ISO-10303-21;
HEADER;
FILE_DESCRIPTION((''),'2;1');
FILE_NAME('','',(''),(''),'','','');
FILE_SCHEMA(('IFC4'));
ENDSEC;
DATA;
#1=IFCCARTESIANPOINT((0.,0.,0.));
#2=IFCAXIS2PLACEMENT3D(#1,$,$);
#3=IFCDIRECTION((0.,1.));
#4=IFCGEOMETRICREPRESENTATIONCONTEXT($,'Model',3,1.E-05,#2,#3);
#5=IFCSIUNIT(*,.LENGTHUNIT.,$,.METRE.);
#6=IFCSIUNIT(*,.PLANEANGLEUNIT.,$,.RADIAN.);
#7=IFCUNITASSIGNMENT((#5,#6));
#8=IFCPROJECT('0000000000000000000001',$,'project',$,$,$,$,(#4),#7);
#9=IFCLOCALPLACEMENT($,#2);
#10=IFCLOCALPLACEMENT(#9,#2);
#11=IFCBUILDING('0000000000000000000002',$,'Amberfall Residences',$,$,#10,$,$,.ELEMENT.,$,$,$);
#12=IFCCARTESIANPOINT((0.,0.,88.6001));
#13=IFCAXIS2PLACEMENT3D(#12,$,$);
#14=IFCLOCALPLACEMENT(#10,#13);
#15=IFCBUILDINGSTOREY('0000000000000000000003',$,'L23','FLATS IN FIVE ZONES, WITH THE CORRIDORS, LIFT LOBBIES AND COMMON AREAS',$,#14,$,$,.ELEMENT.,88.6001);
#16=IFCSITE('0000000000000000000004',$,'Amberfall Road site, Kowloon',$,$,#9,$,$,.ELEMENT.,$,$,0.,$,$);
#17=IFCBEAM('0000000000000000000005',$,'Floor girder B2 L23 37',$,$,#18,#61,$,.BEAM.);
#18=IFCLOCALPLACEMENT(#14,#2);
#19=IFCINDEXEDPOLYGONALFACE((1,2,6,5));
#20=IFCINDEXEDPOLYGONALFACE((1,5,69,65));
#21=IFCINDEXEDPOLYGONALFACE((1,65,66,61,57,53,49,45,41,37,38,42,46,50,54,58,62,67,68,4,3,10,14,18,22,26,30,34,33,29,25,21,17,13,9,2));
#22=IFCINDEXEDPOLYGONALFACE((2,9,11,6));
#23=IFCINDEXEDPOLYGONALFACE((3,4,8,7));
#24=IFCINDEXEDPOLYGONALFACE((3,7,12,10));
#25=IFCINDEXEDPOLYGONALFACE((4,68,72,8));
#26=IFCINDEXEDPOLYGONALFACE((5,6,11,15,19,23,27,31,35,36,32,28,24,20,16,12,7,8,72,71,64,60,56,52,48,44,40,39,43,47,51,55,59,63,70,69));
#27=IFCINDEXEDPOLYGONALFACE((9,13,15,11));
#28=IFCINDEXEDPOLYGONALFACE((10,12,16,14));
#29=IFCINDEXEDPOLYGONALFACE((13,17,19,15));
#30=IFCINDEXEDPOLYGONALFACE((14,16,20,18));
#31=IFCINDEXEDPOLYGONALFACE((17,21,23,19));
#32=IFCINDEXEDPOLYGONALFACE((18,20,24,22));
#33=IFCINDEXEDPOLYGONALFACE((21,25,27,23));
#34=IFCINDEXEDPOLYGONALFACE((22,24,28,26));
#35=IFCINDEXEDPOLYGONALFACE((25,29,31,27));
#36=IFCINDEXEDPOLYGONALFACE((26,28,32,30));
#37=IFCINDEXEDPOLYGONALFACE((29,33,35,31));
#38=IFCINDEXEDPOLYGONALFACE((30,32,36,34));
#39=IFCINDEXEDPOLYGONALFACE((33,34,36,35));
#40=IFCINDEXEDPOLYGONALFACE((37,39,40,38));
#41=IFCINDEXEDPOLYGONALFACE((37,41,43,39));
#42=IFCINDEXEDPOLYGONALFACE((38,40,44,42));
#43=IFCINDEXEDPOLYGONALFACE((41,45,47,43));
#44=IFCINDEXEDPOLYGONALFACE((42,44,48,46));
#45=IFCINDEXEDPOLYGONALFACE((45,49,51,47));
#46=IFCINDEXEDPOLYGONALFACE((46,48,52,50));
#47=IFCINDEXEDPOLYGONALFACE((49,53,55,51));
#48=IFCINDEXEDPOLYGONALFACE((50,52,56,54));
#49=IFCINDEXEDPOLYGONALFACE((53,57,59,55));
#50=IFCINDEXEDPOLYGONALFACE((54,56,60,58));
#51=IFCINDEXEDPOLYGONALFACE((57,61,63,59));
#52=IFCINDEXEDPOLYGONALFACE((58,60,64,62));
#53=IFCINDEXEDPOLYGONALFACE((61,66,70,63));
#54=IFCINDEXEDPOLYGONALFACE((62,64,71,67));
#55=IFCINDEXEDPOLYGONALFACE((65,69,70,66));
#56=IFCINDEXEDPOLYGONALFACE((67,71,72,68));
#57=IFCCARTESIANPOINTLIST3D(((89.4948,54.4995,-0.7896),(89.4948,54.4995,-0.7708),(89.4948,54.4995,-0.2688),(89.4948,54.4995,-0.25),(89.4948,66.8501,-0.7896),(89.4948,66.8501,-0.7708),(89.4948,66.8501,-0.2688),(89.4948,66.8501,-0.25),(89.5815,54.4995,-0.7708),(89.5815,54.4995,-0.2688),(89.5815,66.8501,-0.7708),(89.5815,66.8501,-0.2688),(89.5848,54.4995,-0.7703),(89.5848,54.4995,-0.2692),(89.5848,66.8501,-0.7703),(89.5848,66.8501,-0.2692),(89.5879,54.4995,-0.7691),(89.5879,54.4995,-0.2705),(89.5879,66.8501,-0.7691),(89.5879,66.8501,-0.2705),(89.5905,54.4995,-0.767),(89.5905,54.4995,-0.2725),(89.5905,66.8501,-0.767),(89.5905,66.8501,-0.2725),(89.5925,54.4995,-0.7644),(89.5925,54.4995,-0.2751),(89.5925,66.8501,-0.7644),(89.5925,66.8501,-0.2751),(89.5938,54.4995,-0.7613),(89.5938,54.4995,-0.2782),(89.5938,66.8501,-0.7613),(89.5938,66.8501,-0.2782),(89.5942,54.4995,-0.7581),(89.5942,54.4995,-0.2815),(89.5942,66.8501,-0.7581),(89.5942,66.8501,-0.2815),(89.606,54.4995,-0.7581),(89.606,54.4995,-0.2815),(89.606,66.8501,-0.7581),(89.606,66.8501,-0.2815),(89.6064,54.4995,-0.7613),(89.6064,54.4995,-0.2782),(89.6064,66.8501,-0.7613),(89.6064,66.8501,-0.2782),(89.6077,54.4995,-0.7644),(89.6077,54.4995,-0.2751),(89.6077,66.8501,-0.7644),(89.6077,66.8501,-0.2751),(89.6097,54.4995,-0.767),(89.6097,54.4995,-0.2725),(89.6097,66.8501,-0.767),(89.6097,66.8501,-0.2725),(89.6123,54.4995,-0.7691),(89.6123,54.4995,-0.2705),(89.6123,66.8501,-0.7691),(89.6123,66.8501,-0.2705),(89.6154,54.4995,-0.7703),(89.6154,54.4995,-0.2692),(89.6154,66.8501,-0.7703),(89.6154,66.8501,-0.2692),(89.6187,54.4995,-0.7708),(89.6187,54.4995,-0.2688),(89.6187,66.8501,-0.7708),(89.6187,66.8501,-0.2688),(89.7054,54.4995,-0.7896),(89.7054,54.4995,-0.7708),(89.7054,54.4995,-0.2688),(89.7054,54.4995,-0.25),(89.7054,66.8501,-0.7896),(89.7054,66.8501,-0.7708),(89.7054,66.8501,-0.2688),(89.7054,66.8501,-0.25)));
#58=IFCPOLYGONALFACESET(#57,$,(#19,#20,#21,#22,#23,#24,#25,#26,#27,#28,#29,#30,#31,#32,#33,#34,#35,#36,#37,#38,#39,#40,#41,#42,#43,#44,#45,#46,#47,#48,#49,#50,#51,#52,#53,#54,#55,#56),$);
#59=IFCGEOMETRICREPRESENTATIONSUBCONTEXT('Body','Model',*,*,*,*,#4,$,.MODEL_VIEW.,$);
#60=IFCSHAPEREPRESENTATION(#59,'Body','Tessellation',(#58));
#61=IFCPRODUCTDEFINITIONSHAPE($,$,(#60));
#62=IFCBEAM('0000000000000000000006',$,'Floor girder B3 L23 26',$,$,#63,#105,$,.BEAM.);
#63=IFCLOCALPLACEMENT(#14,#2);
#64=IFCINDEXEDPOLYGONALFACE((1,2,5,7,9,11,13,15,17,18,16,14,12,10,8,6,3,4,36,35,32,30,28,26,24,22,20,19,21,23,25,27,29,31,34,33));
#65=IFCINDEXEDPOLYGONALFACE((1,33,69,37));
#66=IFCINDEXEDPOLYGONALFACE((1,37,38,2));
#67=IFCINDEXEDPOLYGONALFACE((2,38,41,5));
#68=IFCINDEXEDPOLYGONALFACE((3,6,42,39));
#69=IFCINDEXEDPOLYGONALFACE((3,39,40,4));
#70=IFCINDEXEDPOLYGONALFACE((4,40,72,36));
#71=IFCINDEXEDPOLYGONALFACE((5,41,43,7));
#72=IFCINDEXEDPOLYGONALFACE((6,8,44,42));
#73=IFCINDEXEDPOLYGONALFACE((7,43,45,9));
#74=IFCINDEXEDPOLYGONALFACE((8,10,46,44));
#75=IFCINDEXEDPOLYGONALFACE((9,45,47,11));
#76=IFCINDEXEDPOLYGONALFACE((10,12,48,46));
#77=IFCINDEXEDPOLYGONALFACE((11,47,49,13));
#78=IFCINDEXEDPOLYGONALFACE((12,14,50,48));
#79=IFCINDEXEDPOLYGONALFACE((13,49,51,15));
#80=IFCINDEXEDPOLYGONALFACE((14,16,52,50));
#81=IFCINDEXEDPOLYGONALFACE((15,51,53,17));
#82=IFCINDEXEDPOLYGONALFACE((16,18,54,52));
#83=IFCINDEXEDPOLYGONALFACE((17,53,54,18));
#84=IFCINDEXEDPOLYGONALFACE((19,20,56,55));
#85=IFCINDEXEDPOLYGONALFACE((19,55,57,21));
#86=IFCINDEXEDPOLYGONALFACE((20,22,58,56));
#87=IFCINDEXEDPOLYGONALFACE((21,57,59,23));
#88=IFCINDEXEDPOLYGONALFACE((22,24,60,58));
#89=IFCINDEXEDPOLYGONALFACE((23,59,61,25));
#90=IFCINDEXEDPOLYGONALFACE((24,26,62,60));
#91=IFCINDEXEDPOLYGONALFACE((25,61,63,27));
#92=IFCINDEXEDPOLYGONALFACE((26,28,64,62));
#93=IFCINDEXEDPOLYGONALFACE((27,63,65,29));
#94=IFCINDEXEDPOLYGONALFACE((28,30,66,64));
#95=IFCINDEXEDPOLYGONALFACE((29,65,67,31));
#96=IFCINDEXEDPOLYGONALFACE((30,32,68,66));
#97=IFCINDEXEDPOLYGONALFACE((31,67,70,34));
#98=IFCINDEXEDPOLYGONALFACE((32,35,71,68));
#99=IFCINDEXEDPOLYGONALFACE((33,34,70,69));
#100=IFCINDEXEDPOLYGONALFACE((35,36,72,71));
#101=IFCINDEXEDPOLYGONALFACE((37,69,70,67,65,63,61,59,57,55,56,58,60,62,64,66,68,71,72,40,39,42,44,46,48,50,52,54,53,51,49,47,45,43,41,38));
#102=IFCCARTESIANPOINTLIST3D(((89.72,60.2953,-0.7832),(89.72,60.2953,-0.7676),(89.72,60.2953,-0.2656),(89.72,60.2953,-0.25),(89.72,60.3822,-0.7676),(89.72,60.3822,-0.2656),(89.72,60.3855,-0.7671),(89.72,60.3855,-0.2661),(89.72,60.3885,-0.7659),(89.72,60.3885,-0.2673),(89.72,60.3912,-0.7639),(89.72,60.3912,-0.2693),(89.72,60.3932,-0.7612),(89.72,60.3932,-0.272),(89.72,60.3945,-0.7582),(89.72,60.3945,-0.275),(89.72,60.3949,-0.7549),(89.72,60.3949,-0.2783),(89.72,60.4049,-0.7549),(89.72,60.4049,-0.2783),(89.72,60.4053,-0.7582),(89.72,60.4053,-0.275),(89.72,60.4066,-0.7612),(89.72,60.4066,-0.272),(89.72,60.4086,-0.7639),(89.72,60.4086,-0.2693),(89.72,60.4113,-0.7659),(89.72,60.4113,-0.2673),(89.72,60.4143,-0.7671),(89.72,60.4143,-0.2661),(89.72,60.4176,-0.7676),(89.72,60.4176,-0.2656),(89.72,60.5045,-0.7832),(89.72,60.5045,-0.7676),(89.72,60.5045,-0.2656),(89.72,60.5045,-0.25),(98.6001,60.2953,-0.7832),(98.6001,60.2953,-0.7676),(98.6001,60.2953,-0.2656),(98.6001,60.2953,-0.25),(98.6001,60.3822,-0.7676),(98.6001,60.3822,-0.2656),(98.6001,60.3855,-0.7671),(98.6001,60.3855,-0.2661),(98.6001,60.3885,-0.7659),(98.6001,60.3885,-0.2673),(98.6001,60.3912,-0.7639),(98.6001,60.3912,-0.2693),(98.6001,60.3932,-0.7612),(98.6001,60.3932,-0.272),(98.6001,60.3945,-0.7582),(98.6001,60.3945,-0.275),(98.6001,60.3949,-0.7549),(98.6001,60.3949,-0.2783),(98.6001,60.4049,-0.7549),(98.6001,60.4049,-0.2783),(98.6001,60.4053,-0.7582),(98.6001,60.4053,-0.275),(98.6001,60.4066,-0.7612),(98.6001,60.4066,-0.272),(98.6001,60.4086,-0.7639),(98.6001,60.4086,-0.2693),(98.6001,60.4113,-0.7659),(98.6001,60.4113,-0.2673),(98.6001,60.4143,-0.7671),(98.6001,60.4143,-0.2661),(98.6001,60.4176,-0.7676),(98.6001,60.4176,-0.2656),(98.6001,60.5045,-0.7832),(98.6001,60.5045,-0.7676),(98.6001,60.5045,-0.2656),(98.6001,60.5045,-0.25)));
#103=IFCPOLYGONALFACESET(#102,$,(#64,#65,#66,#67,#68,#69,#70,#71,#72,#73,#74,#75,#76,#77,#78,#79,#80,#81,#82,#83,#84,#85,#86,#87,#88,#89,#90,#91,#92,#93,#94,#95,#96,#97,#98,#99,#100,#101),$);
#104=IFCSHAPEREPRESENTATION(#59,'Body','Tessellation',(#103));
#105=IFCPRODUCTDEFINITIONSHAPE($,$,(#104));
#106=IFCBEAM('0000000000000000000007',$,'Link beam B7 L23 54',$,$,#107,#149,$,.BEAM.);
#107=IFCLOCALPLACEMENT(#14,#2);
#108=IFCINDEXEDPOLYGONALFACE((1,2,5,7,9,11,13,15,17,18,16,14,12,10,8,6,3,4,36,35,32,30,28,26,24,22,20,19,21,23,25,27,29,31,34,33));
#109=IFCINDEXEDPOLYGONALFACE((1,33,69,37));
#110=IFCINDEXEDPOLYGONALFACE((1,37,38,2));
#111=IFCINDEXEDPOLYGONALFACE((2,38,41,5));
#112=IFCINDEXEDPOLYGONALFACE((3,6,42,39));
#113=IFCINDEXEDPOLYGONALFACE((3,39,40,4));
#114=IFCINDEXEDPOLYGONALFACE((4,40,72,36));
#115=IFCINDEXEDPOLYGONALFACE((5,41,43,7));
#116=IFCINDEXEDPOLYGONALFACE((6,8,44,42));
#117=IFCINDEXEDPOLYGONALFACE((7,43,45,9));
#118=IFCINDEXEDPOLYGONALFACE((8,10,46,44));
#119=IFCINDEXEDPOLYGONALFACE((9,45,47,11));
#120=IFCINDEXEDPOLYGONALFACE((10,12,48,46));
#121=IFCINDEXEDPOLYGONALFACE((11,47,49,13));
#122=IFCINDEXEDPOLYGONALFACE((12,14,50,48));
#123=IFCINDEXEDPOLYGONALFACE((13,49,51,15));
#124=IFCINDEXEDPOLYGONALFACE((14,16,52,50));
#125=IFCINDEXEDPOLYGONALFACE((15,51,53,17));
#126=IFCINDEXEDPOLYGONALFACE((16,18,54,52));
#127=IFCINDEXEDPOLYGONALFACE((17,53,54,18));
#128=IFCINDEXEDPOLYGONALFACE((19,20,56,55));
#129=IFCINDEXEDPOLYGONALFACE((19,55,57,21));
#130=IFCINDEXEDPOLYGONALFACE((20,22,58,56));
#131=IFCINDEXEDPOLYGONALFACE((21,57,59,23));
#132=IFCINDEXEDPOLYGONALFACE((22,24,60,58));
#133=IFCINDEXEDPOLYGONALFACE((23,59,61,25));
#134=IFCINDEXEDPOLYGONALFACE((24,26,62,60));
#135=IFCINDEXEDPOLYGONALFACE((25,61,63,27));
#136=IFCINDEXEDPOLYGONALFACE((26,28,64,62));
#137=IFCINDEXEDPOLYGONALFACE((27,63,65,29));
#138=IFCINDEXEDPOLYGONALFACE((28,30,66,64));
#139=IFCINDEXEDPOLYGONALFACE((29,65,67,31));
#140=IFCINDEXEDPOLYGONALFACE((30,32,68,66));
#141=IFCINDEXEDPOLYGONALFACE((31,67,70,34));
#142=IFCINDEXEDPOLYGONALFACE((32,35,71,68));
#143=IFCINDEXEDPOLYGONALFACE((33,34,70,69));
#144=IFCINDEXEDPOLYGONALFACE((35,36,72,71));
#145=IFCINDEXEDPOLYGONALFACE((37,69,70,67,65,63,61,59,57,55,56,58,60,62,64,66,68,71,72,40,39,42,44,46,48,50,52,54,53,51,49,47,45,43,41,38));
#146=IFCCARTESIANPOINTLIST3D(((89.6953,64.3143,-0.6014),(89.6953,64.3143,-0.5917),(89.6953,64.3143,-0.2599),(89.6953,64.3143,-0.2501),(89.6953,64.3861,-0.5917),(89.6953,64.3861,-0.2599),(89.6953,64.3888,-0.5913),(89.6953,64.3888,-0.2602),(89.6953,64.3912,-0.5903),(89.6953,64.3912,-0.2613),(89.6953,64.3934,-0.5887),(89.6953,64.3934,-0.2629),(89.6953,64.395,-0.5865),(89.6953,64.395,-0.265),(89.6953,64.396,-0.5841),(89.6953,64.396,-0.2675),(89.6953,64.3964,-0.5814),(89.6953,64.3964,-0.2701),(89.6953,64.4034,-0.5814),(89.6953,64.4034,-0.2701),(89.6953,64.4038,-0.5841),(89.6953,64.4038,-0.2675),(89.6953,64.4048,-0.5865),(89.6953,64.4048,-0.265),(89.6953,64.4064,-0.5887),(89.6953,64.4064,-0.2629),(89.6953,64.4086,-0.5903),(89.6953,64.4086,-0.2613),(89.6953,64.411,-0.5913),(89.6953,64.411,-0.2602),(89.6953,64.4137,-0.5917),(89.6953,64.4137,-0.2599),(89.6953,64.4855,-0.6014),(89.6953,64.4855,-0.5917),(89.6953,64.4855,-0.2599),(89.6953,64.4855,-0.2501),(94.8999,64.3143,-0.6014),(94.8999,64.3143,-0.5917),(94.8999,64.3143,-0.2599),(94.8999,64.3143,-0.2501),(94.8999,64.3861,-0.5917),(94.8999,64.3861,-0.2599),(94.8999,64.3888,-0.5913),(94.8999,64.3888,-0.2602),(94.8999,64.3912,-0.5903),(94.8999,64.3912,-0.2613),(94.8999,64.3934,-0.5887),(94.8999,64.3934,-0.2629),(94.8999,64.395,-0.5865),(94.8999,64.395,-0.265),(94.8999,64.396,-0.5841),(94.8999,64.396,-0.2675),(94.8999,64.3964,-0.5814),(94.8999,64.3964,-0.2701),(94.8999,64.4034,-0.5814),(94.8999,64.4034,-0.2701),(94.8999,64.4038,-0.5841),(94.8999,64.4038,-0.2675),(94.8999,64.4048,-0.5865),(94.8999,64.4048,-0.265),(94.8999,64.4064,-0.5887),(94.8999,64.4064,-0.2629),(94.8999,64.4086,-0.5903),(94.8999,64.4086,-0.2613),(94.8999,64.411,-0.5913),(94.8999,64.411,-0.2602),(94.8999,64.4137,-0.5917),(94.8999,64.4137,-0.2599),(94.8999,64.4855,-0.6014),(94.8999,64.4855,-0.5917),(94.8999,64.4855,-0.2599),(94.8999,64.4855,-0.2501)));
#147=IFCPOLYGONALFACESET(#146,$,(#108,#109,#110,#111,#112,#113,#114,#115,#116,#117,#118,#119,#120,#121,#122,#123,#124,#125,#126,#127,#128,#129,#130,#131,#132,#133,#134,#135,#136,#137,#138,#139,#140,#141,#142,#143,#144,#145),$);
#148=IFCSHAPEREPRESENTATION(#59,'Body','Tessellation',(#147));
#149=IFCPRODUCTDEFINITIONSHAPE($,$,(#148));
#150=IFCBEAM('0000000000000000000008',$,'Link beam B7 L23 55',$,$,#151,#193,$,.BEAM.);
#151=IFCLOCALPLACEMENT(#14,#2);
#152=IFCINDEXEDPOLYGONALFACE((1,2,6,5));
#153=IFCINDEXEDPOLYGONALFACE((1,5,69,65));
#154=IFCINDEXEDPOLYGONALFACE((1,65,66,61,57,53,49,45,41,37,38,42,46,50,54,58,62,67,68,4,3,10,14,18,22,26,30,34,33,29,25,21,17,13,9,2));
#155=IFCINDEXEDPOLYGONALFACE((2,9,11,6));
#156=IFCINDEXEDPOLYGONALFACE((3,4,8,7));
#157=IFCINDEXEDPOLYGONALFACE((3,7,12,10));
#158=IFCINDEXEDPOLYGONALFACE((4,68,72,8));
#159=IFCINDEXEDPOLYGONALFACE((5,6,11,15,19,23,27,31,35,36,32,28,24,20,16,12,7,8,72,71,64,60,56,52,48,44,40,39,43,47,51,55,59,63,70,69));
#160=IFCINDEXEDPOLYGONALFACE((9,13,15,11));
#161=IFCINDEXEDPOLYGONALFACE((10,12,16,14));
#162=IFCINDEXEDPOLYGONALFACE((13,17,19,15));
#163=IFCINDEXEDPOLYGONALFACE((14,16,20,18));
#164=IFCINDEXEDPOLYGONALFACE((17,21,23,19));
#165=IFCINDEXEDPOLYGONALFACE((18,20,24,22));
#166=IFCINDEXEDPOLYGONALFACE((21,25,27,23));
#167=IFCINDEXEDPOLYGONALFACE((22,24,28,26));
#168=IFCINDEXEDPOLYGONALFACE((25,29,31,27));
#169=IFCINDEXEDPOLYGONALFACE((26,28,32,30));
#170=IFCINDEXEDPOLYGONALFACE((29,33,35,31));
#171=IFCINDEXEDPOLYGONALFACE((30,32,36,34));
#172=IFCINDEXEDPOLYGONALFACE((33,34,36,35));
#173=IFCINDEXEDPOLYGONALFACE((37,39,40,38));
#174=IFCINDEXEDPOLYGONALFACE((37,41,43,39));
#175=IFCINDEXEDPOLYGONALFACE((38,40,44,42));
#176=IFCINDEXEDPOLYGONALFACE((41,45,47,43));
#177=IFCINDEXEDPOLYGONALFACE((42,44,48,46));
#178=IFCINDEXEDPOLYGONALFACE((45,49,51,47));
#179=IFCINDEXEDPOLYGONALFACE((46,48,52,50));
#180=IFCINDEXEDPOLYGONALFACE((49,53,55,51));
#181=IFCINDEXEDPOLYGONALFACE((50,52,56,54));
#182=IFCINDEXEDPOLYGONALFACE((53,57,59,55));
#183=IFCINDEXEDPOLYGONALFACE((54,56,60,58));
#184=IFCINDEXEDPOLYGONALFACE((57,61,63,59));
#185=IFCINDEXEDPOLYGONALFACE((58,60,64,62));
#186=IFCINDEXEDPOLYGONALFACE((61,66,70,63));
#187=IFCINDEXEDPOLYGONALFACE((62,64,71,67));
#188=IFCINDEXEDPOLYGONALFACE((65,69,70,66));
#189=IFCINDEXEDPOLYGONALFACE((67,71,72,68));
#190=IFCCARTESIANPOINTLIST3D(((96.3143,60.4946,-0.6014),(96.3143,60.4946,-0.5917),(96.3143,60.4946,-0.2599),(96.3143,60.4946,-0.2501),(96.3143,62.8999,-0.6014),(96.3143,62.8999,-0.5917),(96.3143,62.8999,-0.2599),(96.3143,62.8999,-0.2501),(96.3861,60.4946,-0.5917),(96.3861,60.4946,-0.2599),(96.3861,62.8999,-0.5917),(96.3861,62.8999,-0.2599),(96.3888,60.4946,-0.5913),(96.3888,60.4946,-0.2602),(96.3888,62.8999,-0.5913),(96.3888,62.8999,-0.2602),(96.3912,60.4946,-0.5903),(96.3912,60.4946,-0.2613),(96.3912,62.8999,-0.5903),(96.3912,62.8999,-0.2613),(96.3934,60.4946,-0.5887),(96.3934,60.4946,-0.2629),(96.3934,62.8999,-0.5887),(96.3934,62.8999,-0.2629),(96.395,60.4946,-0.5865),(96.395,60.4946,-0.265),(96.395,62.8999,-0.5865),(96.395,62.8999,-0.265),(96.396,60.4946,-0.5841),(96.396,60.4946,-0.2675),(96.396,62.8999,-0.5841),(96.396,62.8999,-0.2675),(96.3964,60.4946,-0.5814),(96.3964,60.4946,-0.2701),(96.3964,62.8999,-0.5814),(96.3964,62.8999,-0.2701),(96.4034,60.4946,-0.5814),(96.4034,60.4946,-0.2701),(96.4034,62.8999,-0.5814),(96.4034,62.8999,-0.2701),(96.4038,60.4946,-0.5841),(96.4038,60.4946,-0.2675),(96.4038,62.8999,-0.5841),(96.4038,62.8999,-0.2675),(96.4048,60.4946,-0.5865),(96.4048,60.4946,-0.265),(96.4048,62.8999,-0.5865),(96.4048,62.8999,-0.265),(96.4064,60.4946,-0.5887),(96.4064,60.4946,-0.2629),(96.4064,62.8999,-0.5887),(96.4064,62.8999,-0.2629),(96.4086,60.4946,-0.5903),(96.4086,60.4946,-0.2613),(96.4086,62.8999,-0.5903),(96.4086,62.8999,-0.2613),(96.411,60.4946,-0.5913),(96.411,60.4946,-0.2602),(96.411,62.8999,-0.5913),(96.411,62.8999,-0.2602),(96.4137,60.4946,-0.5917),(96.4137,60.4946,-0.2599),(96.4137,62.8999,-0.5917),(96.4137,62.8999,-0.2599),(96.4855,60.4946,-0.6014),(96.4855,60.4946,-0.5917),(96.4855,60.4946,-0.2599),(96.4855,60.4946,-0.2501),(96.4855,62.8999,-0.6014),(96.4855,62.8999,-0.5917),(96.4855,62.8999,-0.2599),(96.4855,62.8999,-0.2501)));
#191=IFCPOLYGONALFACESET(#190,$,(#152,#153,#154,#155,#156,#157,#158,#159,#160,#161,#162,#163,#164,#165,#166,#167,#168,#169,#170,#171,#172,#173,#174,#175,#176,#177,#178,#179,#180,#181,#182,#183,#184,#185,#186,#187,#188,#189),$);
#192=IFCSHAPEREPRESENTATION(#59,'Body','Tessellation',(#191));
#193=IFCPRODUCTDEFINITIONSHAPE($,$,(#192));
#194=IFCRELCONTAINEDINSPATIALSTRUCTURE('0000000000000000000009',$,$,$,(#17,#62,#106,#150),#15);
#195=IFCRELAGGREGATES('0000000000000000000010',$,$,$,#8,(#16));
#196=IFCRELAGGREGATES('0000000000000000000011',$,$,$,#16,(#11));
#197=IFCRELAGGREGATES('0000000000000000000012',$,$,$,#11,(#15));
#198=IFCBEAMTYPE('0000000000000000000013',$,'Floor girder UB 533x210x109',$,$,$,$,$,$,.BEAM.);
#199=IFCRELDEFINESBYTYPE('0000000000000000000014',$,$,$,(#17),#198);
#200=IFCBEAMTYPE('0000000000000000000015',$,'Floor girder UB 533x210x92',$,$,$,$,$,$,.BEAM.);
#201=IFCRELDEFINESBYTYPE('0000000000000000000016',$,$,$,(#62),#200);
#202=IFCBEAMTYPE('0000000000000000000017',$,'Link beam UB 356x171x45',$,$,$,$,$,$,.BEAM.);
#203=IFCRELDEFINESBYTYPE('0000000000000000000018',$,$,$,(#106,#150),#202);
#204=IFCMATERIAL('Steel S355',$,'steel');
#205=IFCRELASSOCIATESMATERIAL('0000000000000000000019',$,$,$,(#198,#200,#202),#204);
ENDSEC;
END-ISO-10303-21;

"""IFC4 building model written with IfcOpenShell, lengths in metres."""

from ifc_helpers import new_model, si_unit, direction, frame, origin, origin_2d, place, context, subcontext, project, spatial, i_section, extrude, material, material_profile, profile_set, type_object, element, save


model = new_model("IFC4")

# Units and contexts
model_context = context("Model", 3, precision=1e-05, world=origin(), true_north=direction((0.0, 1.0)))
body_context = subcontext(model_context, "Body", "Model", "MODEL_VIEW")
ifc_project = project(units=[si_unit("LENGTHUNIT", "METRE"), si_unit("PLANEANGLEUNIT", "RADIAN")], contexts=[model_context])

# Site, building, storey
site_placement = place(None, origin())
site = spatial("IfcSite", under=ifc_project, at=site_placement, Name="Amberfall Road site, Kowloon", CompositionType="ELEMENT", RefElevation=0.0)
building_placement = place(site_placement, origin())
building = spatial("IfcBuilding", under=site, at=building_placement, Name="Amberfall Residences", CompositionType="ELEMENT")
storey_placement = place(building_placement, frame((0.0, 0.0, 88.6001)))
storey = spatial("IfcBuildingStorey", under=building, at=storey_placement, Name="L23", Description="FLATS IN FIVE ZONES, WITH THE CORRIDORS, LIFT LOBBIES AND COMMON AREAS", CompositionType="ELEMENT", Elevation=88.6001)

# Beams
ifc_material_1 = material(Name="Steel S355", Category="steel")
ifc_material_profile_1 = material_profile(ifc_material_1, i_section(OverallWidth=0.2107, OverallDepth=0.5396, WebThickness=0.0117, FlangeThickness=0.0188, FilletRadius=0.0127, at=origin_2d()), Name="UB 533x210x109")
ifc_profile_set_1 = profile_set([ifc_material_profile_1], Name="Steel S355")
beam_type_1 = type_object("IfcBeamType", Name="Floor girder UB 533x210x109", PredefinedType="BEAM", material=ifc_profile_set_1)
beam_1_placement = place(storey_placement, frame((89.6001, 66.8501, -0.5198), z_axis=(0.0, -1.0, 0.0), x_axis=(1.0, 0.0, 0.0)))
element("IfcBeam", 1, at=beam_1_placement, inside=storey, type_object=beam_type_1, Name="Floor girder B2 L23 37", PredefinedType="BEAM", context=body_context, shape_type="SweptSolid", body=[
    extrude(i_section(OverallWidth=0.2107, OverallDepth=0.5396, WebThickness=0.0117, FlangeThickness=0.0188, FilletRadius=0.0127, at=origin_2d()), origin(), (0.0, 0.0, 1.0), 12.3506),
])
ifc_material_profile_2 = material_profile(ifc_material_1, i_section(OverallWidth=0.2092, OverallDepth=0.5332, WebThickness=0.01, FlangeThickness=0.0156, FilletRadius=0.0127, at=origin_2d()), Name="UB 533x210x92")
ifc_profile_set_2 = profile_set([ifc_material_profile_2], Name="Steel S355")
beam_type_2 = type_object("IfcBeamType", Name="Floor girder UB 533x210x92", PredefinedType="BEAM", material=ifc_profile_set_2)
beam_2_placement = place(storey_placement, frame((98.6001, 60.3999, -0.5166), z_axis=(-1.0, 0.0, 0.0), x_axis=(0.0, -1.0, 0.0)))
element("IfcBeam", 2, at=beam_2_placement, inside=storey, type_object=beam_type_2, Name="Floor girder B3 L23 26", PredefinedType="BEAM", context=body_context, shape_type="SweptSolid", body=[
    extrude(i_section(OverallWidth=0.2092, OverallDepth=0.5332, WebThickness=0.01, FlangeThickness=0.0156, FilletRadius=0.0127, at=origin_2d()), origin(), (0.0, 0.0, 1.0), 8.8801),
])
ifc_material_profile_3 = material_profile(ifc_material_1, i_section(OverallWidth=0.1711, OverallDepth=0.3513, WebThickness=0.0071, FlangeThickness=0.0098, FilletRadius=0.0103, at=origin_2d()), Name="UB 356x171x45")
ifc_profile_set_3 = profile_set([ifc_material_profile_3], Name="Steel S355")
beam_type_3 = type_object("IfcBeamType", Name="Link beam UB 356x171x45", PredefinedType="BEAM", material=ifc_profile_set_3)
beam_3_placement = place(storey_placement, frame((94.8999, 64.3999, -0.4258), z_axis=(-1.0, 0.0, 0.0), x_axis=(0.0, -1.0, 0.0)))
element("IfcBeam", 3, at=beam_3_placement, inside=storey, type_object=beam_type_3, Name="Link beam B7 L23 54", PredefinedType="BEAM", context=body_context, shape_type="SweptSolid", body=[
    extrude(i_section(OverallWidth=0.1711, OverallDepth=0.3513, WebThickness=0.0071, FlangeThickness=0.0098, FilletRadius=0.0103, at=origin_2d()), origin(), (0.0, 0.0, 1.0), 5.2046),
])
beam_4_placement = place(storey_placement, frame((96.3999, 62.8999, -0.4258), z_axis=(0.0, -1.0, 0.0), x_axis=(1.0, 0.0, 0.0)))
element("IfcBeam", 4, at=beam_4_placement, inside=storey, type_object=beam_type_3, Name="Link beam B7 L23 55", PredefinedType="BEAM", context=body_context, shape_type="SweptSolid", body=[
    extrude(i_section(OverallWidth=0.1711, OverallDepth=0.3513, WebThickness=0.0071, FlangeThickness=0.0098, FilletRadius=0.0103, at=origin_2d()), origin(), (0.0, 0.0, 1.0), 2.4053),
])

save(model, "model.ifc")
